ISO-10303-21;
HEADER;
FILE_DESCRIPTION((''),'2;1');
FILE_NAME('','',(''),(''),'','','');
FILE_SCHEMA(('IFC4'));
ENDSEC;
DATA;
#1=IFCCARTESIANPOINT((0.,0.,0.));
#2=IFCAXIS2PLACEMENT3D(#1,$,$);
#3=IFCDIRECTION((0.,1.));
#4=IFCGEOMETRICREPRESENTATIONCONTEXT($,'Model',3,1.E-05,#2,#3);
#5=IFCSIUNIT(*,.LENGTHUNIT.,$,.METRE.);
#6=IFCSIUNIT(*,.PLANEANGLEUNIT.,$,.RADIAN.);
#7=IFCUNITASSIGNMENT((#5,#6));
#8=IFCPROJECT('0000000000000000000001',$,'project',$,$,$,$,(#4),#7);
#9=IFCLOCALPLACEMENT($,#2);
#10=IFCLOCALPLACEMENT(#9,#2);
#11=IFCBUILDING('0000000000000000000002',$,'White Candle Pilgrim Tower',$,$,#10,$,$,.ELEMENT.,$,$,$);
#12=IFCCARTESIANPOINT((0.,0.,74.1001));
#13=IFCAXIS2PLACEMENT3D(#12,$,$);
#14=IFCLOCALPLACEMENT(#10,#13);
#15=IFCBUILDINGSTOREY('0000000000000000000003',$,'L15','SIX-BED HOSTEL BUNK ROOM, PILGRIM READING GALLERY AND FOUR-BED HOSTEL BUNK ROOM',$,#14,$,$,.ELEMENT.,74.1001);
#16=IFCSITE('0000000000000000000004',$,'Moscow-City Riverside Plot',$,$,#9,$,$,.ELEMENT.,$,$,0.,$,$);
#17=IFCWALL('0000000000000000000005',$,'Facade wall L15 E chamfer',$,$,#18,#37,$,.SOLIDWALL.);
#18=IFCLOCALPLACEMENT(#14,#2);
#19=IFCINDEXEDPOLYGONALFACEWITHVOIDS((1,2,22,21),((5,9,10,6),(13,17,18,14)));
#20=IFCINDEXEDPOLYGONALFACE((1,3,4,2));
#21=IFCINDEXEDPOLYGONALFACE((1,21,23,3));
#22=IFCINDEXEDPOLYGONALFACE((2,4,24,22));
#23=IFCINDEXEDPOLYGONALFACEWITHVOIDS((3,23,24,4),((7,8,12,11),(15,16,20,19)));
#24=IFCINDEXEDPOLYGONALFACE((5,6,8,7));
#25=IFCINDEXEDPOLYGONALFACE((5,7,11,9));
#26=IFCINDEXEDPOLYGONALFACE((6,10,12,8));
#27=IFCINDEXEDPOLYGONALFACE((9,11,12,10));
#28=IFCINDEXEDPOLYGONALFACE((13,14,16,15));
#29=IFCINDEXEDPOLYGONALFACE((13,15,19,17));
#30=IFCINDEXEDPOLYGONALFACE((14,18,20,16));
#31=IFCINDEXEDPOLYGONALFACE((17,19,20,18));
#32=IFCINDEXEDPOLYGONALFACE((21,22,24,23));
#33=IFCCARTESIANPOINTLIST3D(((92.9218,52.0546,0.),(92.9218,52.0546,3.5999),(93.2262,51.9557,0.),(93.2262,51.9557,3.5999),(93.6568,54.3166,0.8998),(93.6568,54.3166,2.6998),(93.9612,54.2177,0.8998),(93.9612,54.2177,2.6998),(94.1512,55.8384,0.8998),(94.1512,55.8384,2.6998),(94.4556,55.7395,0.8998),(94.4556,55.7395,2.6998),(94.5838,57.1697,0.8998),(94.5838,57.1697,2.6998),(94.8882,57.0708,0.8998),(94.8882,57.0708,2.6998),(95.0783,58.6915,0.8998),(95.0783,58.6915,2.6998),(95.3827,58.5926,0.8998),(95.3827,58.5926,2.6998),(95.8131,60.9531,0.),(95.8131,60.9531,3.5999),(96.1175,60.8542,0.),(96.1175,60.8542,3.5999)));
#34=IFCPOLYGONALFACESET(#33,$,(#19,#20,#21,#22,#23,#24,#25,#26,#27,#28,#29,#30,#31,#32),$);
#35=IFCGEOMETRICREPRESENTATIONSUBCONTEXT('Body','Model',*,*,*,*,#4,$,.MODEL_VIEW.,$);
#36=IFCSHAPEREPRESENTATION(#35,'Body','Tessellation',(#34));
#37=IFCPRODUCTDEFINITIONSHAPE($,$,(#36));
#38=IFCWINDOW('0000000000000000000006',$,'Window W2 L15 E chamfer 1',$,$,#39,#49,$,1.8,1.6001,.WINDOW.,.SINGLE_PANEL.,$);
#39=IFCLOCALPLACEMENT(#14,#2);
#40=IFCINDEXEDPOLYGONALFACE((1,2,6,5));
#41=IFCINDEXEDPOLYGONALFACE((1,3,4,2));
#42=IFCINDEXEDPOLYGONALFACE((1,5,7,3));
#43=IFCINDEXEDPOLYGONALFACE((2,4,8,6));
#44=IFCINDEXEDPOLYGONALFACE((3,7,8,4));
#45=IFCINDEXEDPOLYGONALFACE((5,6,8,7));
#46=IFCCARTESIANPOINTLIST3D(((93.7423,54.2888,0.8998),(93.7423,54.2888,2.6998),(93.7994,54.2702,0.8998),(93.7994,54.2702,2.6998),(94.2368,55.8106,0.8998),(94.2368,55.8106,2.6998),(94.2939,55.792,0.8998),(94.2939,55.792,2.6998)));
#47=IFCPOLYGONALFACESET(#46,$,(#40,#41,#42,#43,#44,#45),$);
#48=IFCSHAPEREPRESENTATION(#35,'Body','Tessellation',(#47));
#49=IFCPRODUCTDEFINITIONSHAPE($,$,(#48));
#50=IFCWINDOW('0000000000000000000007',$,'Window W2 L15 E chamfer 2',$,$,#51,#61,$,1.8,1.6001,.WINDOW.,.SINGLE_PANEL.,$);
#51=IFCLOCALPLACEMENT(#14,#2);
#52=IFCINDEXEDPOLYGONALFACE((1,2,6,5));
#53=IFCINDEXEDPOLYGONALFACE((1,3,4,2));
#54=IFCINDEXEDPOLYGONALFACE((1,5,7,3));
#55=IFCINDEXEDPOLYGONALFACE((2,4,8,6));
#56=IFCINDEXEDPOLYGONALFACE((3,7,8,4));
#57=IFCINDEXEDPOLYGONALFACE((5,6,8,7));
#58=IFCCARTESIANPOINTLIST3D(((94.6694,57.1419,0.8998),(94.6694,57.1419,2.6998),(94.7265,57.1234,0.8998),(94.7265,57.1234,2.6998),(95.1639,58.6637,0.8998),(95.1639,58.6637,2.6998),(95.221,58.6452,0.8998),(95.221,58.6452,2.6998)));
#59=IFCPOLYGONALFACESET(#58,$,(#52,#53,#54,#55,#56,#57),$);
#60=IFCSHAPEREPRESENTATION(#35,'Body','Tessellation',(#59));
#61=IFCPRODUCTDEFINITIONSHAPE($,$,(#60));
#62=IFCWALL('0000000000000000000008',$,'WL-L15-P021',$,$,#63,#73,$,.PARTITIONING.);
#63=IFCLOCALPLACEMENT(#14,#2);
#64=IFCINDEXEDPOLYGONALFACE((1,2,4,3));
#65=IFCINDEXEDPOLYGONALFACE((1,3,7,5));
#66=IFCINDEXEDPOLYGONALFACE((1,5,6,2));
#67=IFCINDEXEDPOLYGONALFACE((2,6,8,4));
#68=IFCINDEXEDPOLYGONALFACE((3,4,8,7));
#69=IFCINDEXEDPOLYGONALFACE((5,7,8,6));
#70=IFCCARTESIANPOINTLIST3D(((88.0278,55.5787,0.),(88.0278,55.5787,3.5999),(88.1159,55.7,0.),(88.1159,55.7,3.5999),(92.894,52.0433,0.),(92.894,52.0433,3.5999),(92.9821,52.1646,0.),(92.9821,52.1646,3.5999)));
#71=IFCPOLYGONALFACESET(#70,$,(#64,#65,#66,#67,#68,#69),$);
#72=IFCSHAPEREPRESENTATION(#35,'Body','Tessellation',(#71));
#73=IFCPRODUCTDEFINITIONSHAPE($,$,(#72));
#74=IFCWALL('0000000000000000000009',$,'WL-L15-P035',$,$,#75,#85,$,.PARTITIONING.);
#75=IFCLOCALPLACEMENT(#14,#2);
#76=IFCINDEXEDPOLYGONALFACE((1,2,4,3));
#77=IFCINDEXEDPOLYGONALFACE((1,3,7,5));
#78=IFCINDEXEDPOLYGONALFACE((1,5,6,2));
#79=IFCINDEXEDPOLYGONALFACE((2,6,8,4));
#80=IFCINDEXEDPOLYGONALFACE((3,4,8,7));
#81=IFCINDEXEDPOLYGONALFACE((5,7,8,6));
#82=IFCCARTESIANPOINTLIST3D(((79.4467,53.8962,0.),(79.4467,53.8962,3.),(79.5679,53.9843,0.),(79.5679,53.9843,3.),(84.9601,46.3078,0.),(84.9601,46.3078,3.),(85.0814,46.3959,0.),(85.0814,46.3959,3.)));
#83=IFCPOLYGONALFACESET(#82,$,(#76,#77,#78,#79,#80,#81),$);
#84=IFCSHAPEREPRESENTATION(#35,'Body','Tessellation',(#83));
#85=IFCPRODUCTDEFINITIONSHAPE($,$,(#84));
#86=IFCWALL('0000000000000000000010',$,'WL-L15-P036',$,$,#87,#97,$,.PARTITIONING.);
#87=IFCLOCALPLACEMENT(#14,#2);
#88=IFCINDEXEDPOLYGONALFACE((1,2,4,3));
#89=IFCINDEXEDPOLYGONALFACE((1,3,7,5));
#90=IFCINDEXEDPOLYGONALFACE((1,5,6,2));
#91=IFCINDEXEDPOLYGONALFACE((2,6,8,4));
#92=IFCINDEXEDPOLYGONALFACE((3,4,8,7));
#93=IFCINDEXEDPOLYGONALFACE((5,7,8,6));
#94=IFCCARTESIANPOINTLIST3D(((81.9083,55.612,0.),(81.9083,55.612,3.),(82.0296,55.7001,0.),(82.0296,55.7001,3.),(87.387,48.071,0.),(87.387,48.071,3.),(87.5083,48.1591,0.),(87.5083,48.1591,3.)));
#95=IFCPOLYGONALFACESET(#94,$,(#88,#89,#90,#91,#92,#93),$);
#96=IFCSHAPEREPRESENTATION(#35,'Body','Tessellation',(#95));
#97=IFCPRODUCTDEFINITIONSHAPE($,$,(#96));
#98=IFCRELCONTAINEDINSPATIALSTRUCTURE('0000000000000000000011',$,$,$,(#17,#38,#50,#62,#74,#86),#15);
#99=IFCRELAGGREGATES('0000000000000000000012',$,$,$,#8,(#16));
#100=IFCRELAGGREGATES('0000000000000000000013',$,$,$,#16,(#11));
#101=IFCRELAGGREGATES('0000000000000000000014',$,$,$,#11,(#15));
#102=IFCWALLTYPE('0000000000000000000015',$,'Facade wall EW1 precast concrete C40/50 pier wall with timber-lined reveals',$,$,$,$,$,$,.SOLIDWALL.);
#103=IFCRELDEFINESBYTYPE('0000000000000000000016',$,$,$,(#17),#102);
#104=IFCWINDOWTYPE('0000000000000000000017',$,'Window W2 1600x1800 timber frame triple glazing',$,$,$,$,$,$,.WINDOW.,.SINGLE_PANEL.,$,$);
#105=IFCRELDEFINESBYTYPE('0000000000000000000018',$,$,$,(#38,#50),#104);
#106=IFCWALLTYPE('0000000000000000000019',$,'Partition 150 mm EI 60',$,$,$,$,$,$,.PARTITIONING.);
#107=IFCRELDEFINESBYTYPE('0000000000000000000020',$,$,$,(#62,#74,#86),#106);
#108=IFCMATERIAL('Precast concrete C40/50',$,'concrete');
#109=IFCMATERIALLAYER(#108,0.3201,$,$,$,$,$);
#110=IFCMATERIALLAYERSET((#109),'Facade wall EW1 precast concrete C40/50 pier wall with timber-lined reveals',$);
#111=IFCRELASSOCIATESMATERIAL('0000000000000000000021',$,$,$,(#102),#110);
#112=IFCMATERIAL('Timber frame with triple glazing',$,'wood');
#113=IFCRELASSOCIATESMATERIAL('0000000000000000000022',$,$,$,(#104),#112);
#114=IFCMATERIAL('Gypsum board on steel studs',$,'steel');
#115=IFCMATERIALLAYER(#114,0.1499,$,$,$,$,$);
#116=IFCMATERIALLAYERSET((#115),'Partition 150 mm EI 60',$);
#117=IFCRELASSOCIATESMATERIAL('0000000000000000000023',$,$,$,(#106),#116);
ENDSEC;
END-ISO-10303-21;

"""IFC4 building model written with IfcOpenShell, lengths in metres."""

from ifc_helpers import new_model, si_unit, direction, frame, frame_2d, origin, place, context, subcontext, project, spatial, rectangle, extrude, material, layer, layer_set, type_object, element, fill, save


model = new_model("IFC4")

# Units and contexts
model_context = context("Model", 3, precision=1e-05, world=origin(), true_north=direction((0.0, 1.0)))
body_context = subcontext(model_context, "Body", "Model", "MODEL_VIEW")
ifc_project = project(units=[si_unit("LENGTHUNIT", "METRE"), si_unit("PLANEANGLEUNIT", "RADIAN")], contexts=[model_context])

# Site, building, storey
site_placement = place(None, origin())
site = spatial("IfcSite", under=ifc_project, at=site_placement, Name="Moscow-City Riverside Plot", CompositionType="ELEMENT", RefElevation=0.0)
building_placement = place(site_placement, origin())
building = spatial("IfcBuilding", under=site, at=building_placement, Name="White Candle Pilgrim Tower", CompositionType="ELEMENT")
storey_placement = place(building_placement, frame((0.0, 0.0, 74.1001)))
storey = spatial("IfcBuildingStorey", under=building, at=storey_placement, Name="L15", Description="SIX-BED HOSTEL BUNK ROOM, PILGRIM READING GALLERY AND FOUR-BED HOSTEL BUNK ROOM", CompositionType="ELEMENT", Elevation=74.1001)

# Shared definitions
ifc_material_1 = material(Name="Gypsum board on steel studs", Category="steel")

# Wall, openings, windows
ifc_material_2 = material(Name="Precast concrete C40/50", Category="concrete")
ifc_layer_1 = layer(ifc_material_2, 0.3201)
ifc_layer_set_1 = layer_set([ifc_layer_1], Name="Facade wall EW1 precast concrete C40/50 pier wall with timber-lined reveals")
wall_type_1 = type_object("IfcWallType", Name="Facade wall EW1 precast concrete C40/50 pier wall with timber-lined reveals", PredefinedType="SOLIDWALL", material=ifc_layer_set_1)
wall_1_placement = place(storey_placement, frame((93.074, 52.0051, 0.0), z_axis=(0.0, 0.0, 1.0), x_axis=(0.309025, 0.951054, 0.0)))
wall_1 = element("IfcWall", 1, at=wall_1_placement, inside=storey, type_object=wall_type_1, Name="Facade wall L15 E chamfer", PredefinedType="SOLIDWALL", context=body_context, shape_type="SweptSolid", body=[
    extrude(rectangle(XDim=9.3564, YDim=0.3201, at=frame_2d((4.6782, 0.0))), origin(), (0.0, 0.0, 1.0), 3.5999),
])
opening_1_placement = place(wall_1_placement, frame((2.3784, 0.0, 0.8999)))
opening_1 = element("IfcOpeningElement", 2, at=opening_1_placement, cuts=wall_1, PredefinedType="OPENING", context=body_context, shape_type="SweptSolid", body=[
    extrude(rectangle(XDim=1.6001, YDim=1.8, at=frame_2d((0.8, 0.8999))), frame((0.0, 0.1699, 0.0), z_axis=(0.0, -1.0, 0.0), x_axis=(1.0, 0.0, 0.0)), (0.0, 0.0, 1.0), 0.3401),
])
opening_2_placement = place(wall_1_placement, frame((5.3784, 0.0, 0.8999)))
opening_2 = element("IfcOpeningElement", 3, at=opening_2_placement, cuts=wall_1, PredefinedType="OPENING", context=body_context, shape_type="SweptSolid", body=[
    extrude(rectangle(XDim=1.6001, YDim=1.8, at=frame_2d((0.8, 0.8999))), frame((0.0, 0.1699, 0.0), z_axis=(0.0, -1.0, 0.0), x_axis=(1.0, 0.0, 0.0)), (0.0, 0.0, 1.0), 0.3401),
])
ifc_material_3 = material(Name="Timber frame with triple glazing", Category="wood")
window_type = type_object("IfcWindowType", Name="Window W2 1600x1800 timber frame triple glazing", PartitioningType="SINGLE_PANEL", PredefinedType="WINDOW", material=ifc_material_3)
window_1_placement = place(opening_1_placement, origin())
window_1 = element("IfcWindow", 4, at=window_1_placement, inside=storey, type_object=window_type, Name="Window W2 L15 E chamfer 1", OverallHeight=1.8, OverallWidth=1.6001, PartitioningType="SINGLE_PANEL", PredefinedType="WINDOW", context=body_context, shape_type="SweptSolid", body=[
    extrude(rectangle(XDim=1.6001, YDim=1.8, at=frame_2d((0.8, 0.8999))), frame((0.0, 0.0701, 0.0), z_axis=(0.0, -1.0, 0.0), x_axis=(1.0, 0.0, 0.0)), (0.0, 0.0, 1.0), 0.0601),
])
fill(opening_1, window_1)
window_2_placement = place(opening_2_placement, origin())
window_2 = element("IfcWindow", 5, at=window_2_placement, inside=storey, type_object=window_type, Name="Window W2 L15 E chamfer 2", OverallHeight=1.8, OverallWidth=1.6001, PartitioningType="SINGLE_PANEL", PredefinedType="WINDOW", context=body_context, shape_type="SweptSolid", body=[
    extrude(rectangle(XDim=1.6001, YDim=1.8, at=frame_2d((0.8, 0.8999))), frame((0.0, 0.0701, 0.0), z_axis=(0.0, -1.0, 0.0), x_axis=(1.0, 0.0, 0.0)), (0.0, 0.0, 1.0), 0.0601),
])
fill(opening_2, window_2)

# Walls
ifc_layer_2 = layer(ifc_material_1, 0.1499)
ifc_layer_set_2 = layer_set([ifc_layer_2], Name="Partition 150 mm EI 60")
wall_type_2 = type_object("IfcWallType", Name="Partition 150 mm EI 60", PredefinedType="PARTITIONING", material=ifc_layer_set_2)
wall_2_placement = place(storey_placement, frame((92.938, 52.104, 0.0), z_axis=(0.0, 0.0, 1.0), x_axis=(-0.809026, 0.587773, 0.0)))
element("IfcWall", 6, at=wall_2_placement, inside=storey, type_object=wall_type_2, Name="WL-L15-P021", PredefinedType="PARTITIONING", context=body_context, shape_type="SweptSolid", body=[
    extrude(rectangle(XDim=6.0149, YDim=0.1499, at=frame_2d((3.0073, 0.0))), origin(), (0.0, 0.0, 1.0), 3.5999),
])
wall_3_placement = place(storey_placement, frame((85.0208, 46.3518, 0.0), z_axis=(0.0, 0.0, 1.0), x_axis=(-0.587796, 0.80901, 0.0)))
element("IfcWall", 7, at=wall_3_placement, inside=storey, type_object=wall_type_2, Name="WL-L15-P035", PredefinedType="PARTITIONING", context=body_context, shape_type="SweptSolid", body=[
    extrude(rectangle(XDim=9.3799, YDim=0.1499, at=frame_2d((4.6899, 0.0))), origin(), (0.0, 0.0, 1.0), 3.0),
])
wall_4_placement = place(storey_placement, frame((87.4478, 48.115, 0.0), z_axis=(0.0, 0.0, 1.0), x_axis=(-0.587778, 0.809023, 0.0)))
element("IfcWall", 8, at=wall_4_placement, inside=storey, type_object=wall_type_2, Name="WL-L15-P036", PredefinedType="PARTITIONING", context=body_context, shape_type="SweptSolid", body=[
    extrude(rectangle(XDim=9.321, YDim=0.1499, at=frame_2d((4.6606, 0.0))), origin(), (0.0, 0.0, 1.0), 3.0),
])

save(model, "model.ifc")
